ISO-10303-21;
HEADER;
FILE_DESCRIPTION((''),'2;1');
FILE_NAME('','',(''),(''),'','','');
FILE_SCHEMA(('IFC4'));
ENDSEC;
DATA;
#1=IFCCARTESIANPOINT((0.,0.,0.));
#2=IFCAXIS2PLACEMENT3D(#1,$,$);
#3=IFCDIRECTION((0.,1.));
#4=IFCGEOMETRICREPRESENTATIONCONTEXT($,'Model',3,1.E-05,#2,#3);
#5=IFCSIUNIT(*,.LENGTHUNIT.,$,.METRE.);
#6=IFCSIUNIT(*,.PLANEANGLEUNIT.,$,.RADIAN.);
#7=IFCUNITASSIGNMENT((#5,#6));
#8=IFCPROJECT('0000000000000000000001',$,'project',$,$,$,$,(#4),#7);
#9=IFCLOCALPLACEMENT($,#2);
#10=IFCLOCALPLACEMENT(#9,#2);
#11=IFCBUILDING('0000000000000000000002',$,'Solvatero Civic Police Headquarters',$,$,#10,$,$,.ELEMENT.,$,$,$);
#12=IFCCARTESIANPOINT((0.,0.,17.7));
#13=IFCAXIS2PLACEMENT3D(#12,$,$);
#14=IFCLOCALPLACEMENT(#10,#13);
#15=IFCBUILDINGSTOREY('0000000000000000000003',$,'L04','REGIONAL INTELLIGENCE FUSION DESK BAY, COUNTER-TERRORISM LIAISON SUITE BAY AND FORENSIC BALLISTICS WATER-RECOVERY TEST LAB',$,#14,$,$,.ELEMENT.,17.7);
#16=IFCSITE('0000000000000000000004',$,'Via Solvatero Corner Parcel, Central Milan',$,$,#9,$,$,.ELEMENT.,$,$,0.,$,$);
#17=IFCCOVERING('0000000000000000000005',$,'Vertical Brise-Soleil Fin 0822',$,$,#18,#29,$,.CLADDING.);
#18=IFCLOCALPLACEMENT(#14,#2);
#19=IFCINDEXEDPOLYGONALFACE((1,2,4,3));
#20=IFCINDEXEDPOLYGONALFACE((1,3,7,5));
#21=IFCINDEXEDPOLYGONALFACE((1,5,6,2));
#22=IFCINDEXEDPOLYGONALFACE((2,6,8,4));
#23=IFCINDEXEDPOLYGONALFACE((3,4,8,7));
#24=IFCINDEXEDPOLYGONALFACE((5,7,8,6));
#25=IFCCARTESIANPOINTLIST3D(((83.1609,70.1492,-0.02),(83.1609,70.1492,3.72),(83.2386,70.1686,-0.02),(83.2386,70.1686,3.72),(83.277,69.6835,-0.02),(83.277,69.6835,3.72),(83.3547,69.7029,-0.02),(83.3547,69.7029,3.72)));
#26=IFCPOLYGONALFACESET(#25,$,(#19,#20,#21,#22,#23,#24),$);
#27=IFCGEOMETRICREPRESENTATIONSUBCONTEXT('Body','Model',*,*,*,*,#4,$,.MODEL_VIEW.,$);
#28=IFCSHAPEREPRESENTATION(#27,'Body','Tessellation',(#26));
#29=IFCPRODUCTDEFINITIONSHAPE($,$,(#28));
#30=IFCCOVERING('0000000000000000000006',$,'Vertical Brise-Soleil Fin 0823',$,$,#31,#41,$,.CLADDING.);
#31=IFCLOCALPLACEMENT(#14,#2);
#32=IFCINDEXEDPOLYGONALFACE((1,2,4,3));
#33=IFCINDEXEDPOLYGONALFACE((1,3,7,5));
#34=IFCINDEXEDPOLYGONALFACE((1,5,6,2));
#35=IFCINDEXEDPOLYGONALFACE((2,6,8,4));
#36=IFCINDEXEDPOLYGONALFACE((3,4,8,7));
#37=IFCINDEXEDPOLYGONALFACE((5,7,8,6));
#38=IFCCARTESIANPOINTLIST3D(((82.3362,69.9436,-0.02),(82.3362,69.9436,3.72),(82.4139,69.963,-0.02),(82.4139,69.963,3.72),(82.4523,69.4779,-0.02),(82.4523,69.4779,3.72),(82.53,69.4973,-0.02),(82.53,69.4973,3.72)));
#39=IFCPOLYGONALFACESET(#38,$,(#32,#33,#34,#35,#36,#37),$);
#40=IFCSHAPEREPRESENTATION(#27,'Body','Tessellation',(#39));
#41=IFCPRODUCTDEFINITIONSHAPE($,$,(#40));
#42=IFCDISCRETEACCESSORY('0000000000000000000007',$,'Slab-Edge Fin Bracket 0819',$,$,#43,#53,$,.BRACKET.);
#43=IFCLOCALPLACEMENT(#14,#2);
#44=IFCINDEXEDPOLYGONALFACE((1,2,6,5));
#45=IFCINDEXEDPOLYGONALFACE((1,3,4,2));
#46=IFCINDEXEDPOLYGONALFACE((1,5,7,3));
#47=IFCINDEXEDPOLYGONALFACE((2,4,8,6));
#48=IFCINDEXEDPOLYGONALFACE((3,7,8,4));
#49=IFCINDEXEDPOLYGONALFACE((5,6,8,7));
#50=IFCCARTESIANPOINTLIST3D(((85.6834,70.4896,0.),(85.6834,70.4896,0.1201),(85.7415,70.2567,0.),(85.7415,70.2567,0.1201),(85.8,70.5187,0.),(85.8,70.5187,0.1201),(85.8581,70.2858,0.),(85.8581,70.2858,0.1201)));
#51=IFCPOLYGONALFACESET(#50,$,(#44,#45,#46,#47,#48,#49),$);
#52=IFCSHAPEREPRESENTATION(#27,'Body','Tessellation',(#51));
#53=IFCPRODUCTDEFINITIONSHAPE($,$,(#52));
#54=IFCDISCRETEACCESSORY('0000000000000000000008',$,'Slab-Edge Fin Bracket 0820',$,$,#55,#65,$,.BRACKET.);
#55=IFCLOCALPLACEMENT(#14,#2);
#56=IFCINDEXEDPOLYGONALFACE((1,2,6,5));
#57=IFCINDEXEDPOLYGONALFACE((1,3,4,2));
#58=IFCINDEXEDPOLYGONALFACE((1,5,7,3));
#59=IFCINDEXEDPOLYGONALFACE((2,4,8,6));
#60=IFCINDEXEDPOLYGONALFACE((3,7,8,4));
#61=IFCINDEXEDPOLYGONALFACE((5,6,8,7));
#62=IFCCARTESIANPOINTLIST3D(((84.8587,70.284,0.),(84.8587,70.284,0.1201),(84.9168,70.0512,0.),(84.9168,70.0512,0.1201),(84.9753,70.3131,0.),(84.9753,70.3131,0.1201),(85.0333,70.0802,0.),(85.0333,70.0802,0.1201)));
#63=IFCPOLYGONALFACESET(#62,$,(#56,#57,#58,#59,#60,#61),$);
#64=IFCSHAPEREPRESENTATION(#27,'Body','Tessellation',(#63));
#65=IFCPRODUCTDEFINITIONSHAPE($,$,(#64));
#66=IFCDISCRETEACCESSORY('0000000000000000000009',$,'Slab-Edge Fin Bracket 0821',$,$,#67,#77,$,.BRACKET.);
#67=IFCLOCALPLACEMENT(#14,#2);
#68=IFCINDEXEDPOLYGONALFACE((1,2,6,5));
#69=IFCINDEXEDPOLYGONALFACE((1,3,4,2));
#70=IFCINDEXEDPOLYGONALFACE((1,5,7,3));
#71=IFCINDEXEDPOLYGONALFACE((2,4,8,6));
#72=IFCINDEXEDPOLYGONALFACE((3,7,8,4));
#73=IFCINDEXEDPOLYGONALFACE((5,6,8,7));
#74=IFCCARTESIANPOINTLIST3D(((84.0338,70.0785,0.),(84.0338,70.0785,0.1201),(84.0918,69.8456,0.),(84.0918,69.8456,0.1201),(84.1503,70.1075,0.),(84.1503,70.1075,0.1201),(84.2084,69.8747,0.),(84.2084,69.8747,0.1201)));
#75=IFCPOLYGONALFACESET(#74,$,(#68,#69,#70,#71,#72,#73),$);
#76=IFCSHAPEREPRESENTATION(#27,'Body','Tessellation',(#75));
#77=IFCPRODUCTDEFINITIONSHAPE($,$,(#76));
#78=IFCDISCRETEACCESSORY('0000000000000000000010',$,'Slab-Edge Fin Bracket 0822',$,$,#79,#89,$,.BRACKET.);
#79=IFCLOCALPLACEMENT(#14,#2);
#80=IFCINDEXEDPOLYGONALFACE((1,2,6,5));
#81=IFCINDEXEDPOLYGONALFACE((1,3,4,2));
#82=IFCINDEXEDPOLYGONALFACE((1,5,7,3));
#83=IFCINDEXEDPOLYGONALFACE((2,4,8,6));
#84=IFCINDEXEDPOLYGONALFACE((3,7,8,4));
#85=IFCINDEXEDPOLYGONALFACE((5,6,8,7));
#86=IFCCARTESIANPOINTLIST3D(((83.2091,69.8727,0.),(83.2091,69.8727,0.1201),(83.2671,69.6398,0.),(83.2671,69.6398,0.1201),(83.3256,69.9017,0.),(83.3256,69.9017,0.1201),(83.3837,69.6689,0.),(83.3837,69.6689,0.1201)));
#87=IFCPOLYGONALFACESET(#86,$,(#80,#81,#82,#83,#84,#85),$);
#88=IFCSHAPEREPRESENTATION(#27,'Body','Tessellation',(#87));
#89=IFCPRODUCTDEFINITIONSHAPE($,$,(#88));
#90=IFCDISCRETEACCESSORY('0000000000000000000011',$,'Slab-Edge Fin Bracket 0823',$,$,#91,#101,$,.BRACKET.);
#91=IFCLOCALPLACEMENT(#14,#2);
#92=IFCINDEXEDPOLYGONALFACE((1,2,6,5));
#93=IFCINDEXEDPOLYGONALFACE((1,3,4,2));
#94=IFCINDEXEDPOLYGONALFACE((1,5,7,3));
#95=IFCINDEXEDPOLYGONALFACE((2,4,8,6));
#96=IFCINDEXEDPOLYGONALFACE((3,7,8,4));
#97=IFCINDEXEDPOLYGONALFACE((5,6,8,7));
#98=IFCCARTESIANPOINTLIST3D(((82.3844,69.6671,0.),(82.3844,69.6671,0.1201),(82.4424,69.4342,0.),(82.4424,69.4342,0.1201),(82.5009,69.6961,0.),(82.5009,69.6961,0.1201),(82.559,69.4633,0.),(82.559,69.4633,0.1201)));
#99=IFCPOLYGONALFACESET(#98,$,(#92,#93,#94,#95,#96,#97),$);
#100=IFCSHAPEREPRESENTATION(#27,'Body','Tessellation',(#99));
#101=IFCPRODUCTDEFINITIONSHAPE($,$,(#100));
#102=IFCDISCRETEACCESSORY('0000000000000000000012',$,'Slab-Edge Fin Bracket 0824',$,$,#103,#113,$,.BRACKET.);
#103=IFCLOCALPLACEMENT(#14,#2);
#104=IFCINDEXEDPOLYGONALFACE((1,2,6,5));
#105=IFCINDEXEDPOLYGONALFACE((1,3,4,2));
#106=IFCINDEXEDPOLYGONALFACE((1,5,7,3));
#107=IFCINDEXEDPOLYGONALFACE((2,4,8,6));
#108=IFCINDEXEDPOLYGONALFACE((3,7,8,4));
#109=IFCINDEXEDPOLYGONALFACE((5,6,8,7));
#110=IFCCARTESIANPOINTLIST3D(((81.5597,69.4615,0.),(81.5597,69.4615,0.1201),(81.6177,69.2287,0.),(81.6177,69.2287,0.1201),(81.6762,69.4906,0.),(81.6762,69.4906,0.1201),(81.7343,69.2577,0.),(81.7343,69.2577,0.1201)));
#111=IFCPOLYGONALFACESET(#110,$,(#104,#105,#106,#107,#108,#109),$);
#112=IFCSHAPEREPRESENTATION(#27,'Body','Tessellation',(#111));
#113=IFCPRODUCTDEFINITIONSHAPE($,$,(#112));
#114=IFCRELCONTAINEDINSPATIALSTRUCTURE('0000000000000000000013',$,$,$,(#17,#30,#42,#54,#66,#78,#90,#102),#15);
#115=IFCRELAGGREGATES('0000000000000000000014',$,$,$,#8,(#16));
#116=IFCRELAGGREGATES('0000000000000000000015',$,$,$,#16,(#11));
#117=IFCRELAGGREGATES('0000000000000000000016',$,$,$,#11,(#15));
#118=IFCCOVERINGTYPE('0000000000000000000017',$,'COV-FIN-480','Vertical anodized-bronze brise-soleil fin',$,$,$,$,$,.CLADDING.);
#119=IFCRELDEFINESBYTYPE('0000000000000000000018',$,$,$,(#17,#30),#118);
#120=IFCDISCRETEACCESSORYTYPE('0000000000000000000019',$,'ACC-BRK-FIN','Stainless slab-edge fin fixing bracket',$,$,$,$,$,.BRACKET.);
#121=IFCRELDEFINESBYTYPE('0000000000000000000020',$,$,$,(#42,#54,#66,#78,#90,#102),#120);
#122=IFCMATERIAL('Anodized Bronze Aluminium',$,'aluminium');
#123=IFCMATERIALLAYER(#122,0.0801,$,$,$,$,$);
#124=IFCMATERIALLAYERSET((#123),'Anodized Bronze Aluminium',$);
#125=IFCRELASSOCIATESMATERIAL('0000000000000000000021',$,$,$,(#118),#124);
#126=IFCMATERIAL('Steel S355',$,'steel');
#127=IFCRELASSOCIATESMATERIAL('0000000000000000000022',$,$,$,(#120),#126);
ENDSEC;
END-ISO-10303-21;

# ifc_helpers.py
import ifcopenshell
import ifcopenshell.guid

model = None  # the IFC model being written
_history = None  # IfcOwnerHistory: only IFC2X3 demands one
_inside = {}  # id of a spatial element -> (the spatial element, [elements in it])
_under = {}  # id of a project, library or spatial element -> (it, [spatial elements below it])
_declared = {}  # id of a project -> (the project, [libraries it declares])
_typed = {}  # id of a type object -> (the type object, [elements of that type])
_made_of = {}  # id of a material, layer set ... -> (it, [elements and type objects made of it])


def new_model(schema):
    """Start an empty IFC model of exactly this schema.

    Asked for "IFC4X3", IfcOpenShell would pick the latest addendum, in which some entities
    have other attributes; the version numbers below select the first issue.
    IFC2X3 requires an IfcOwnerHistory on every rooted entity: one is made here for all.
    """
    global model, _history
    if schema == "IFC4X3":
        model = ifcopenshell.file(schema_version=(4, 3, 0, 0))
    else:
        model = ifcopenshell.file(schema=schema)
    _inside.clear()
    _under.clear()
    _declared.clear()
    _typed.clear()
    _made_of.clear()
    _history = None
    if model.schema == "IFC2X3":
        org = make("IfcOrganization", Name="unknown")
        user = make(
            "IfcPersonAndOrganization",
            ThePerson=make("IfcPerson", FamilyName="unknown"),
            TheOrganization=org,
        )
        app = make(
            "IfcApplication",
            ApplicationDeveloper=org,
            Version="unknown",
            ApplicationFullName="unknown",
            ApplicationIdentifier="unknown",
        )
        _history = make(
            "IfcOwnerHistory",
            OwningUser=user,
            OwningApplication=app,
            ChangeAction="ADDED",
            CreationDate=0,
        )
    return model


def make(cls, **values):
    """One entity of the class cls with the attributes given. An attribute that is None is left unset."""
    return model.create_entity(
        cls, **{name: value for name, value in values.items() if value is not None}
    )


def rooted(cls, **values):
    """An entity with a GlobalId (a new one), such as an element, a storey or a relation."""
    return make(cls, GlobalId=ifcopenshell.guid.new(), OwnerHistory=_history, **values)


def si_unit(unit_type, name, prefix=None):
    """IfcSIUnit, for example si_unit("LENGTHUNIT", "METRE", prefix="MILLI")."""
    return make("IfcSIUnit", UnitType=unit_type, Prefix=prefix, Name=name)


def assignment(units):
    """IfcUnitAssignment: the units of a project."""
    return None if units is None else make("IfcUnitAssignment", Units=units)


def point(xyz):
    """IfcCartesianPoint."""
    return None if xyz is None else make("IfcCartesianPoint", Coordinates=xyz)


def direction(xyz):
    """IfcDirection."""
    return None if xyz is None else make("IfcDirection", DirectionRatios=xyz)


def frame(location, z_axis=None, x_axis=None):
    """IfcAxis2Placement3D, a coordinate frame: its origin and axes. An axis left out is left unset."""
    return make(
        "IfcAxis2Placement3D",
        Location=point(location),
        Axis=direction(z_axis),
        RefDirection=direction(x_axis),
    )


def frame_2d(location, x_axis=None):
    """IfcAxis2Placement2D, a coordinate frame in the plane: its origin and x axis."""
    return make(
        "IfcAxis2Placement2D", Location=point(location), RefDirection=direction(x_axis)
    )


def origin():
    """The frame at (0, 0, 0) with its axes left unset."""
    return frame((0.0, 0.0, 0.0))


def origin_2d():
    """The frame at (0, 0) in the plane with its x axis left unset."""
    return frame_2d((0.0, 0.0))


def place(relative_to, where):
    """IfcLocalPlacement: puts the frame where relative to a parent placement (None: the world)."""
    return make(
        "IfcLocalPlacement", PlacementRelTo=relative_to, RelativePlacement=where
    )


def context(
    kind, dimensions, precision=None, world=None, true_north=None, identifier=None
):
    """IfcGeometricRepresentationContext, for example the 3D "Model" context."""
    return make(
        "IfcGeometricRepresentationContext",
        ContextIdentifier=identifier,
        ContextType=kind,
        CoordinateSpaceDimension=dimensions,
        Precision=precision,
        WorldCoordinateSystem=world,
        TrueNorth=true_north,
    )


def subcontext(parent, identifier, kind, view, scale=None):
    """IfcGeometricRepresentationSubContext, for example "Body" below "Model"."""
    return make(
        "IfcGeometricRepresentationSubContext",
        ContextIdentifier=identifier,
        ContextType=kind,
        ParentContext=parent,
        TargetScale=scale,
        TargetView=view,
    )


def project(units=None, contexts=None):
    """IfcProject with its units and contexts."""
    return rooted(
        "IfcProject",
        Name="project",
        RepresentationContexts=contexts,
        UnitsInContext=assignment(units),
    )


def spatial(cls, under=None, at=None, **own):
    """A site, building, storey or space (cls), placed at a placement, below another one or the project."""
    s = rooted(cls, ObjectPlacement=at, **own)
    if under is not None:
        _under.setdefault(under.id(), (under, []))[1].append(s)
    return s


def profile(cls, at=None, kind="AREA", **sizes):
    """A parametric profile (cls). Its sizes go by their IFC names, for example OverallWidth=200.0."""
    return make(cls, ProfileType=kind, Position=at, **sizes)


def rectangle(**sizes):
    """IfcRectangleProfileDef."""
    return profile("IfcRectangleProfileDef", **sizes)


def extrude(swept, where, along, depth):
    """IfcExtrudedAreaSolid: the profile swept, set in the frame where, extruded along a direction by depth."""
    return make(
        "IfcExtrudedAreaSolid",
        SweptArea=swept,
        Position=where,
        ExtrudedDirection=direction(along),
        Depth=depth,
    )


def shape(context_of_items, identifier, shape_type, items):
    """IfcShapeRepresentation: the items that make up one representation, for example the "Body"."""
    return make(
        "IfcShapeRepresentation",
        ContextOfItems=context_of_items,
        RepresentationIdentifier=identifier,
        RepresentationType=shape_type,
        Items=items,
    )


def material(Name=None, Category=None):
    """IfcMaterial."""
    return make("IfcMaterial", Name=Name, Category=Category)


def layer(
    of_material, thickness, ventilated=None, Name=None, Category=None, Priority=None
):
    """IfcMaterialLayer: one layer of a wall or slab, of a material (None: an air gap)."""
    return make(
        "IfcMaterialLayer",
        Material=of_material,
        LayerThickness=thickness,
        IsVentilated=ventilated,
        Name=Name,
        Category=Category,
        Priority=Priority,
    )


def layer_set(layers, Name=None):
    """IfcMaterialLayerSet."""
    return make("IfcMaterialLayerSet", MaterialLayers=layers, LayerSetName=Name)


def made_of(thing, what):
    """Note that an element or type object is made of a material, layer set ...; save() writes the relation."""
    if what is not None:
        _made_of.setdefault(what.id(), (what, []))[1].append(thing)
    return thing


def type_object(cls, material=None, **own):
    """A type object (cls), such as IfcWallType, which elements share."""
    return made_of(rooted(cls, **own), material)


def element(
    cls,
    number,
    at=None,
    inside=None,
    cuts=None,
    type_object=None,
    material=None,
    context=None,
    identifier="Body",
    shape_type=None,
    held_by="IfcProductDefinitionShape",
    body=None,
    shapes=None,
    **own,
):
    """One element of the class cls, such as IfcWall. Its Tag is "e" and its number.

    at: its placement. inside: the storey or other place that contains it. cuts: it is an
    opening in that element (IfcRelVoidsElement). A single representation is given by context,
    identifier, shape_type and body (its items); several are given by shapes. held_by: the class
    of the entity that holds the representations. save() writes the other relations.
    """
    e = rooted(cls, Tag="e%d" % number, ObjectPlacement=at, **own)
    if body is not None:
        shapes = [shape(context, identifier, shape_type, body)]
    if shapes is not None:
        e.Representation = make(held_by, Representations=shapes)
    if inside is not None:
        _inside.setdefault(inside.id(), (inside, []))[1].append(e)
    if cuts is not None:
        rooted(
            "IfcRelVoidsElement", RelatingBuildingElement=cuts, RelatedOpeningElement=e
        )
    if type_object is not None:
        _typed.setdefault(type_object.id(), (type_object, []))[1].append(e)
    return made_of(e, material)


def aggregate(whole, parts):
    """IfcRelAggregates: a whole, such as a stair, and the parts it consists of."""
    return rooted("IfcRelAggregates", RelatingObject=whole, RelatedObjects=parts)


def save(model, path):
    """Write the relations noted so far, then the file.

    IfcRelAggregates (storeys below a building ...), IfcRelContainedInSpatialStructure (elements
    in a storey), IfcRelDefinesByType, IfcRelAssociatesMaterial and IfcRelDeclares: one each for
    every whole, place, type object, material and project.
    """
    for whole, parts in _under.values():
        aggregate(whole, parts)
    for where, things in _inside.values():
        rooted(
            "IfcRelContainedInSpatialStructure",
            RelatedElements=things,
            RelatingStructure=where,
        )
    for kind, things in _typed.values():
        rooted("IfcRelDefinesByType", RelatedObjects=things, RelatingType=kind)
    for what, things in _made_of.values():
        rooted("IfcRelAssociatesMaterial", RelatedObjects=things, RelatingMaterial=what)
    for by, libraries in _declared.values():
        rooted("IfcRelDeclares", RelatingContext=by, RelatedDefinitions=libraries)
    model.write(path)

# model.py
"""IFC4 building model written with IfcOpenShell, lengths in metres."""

from ifc_helpers import new_model, si_unit, direction, frame, origin, origin_2d, place, context, subcontext, project, spatial, rectangle, extrude, material, layer, layer_set, type_object, element, save


model = new_model("IFC4")

# Units and contexts
model_context = context("Model", 3, precision=1e-05, world=origin(), true_north=direction((0.0, 1.0)))
body_context = subcontext(model_context, "Body", "Model", "MODEL_VIEW")
ifc_project = project(units=[si_unit("LENGTHUNIT", "METRE"), si_unit("PLANEANGLEUNIT", "RADIAN")], contexts=[model_context])

# Site, building, storey
site_placement = place(None, origin())
site = spatial("IfcSite", under=ifc_project, at=site_placement, Name="Via Solvatero Corner Parcel, Central Milan", CompositionType="ELEMENT", RefElevation=0.0)
building_placement = place(site_placement, origin())
building = spatial("IfcBuilding", under=site, at=building_placement, Name="Solvatero Civic Police Headquarters", CompositionType="ELEMENT")
storey_placement = place(building_placement, frame((0.0, 0.0, 17.7)))
storey = spatial("IfcBuildingStorey", under=building, at=storey_placement, Name="L04", Description="REGIONAL INTELLIGENCE FUSION DESK BAY, COUNTER-TERRORISM LIAISON SUITE BAY AND FORENSIC BALLISTICS WATER-RECOVERY TEST LAB", CompositionType="ELEMENT", Elevation=17.7)

# Shared definitions
ifc_material_1 = material(Name="Anodized Bronze Aluminium", Category="aluminium")

# Coverings
ifc_layer_1 = layer(ifc_material_1, 0.0801)
ifc_layer_set_1 = layer_set([ifc_layer_1], Name="Anodized Bronze Aluminium")
covering_type = type_object("IfcCoveringType", Name="COV-FIN-480", Description="Vertical anodized-bronze brise-soleil fin", PredefinedType="CLADDING", material=ifc_layer_set_1)
for number, where, z_axis, x_axis, name in (
    (1, (83.2578, 69.926, -0.02), (0.0, 0.0, 1.0), (-0.970296, -0.241922, 0.0), "Vertical Brise-Soleil Fin 0822"),
    (2, (82.4331, 69.7205, -0.02), (0.0, 0.0, 1.0), (-0.970296, -0.241922, 0.0), "Vertical Brise-Soleil Fin 0823"),
):
    element("IfcCovering", number, at=place(storey_placement, frame(where, z_axis=z_axis, x_axis=x_axis)), inside=storey, type_object=covering_type, Name=name, PredefinedType="CLADDING", context=body_context, shape_type="SweptSolid", body=[
        extrude(rectangle(XDim=0.0801, YDim=0.48, at=origin_2d()), origin(), (0.0, 0.0, 1.0), 3.74),
    ])

# Discrete accessories
ifc_material_2 = material(Name="Steel S355", Category="steel")
discrete_accessory_type = type_object("IfcDiscreteAccessoryType", Name="ACC-BRK-FIN", Description="Stainless slab-edge fin fixing bracket", PredefinedType="BRACKET", material=ifc_material_2)
for number, where, z_axis, x_axis, name in (
    (3, (85.7708, 70.3877, 0.0), (0.0, 0.0, 1.0), (-0.970296, -0.241922, 0.0), "Slab-Edge Fin Bracket 0819"),
    (4, (84.946, 70.1821, 0.0), (0.0, 0.0, 1.0), (-0.970296, -0.241922, 0.0), "Slab-Edge Fin Bracket 0820"),
    (5, (84.1211, 69.9766, 0.0), (0.0, 0.0, 1.0), (-0.970296, -0.241922, 0.0), "Slab-Edge Fin Bracket 0821"),
    (6, (83.2964, 69.7708, 0.0), (0.0, 0.0, 1.0), (-0.970296, -0.241922, 0.0), "Slab-Edge Fin Bracket 0822"),
    (7, (82.4717, 69.5652, 0.0), (0.0, 0.0, 1.0), (-0.970296, -0.241922, 0.0), "Slab-Edge Fin Bracket 0823"),
    (8, (81.647, 69.3596, 0.0), (0.0, 0.0, 1.0), (-0.970296, -0.241922, 0.0), "Slab-Edge Fin Bracket 0824"),
):
    element("IfcDiscreteAccessory", number, at=place(storey_placement, frame(where, z_axis=z_axis, x_axis=x_axis)), inside=storey, type_object=discrete_accessory_type, Name=name, PredefinedType="BRACKET", context=body_context, shape_type="SweptSolid", body=[
        extrude(rectangle(XDim=0.1201, YDim=0.24, at=origin_2d()), origin(), (0.0, 0.0, 1.0), 0.1201),
    ])

save(model, "model.ifc")
